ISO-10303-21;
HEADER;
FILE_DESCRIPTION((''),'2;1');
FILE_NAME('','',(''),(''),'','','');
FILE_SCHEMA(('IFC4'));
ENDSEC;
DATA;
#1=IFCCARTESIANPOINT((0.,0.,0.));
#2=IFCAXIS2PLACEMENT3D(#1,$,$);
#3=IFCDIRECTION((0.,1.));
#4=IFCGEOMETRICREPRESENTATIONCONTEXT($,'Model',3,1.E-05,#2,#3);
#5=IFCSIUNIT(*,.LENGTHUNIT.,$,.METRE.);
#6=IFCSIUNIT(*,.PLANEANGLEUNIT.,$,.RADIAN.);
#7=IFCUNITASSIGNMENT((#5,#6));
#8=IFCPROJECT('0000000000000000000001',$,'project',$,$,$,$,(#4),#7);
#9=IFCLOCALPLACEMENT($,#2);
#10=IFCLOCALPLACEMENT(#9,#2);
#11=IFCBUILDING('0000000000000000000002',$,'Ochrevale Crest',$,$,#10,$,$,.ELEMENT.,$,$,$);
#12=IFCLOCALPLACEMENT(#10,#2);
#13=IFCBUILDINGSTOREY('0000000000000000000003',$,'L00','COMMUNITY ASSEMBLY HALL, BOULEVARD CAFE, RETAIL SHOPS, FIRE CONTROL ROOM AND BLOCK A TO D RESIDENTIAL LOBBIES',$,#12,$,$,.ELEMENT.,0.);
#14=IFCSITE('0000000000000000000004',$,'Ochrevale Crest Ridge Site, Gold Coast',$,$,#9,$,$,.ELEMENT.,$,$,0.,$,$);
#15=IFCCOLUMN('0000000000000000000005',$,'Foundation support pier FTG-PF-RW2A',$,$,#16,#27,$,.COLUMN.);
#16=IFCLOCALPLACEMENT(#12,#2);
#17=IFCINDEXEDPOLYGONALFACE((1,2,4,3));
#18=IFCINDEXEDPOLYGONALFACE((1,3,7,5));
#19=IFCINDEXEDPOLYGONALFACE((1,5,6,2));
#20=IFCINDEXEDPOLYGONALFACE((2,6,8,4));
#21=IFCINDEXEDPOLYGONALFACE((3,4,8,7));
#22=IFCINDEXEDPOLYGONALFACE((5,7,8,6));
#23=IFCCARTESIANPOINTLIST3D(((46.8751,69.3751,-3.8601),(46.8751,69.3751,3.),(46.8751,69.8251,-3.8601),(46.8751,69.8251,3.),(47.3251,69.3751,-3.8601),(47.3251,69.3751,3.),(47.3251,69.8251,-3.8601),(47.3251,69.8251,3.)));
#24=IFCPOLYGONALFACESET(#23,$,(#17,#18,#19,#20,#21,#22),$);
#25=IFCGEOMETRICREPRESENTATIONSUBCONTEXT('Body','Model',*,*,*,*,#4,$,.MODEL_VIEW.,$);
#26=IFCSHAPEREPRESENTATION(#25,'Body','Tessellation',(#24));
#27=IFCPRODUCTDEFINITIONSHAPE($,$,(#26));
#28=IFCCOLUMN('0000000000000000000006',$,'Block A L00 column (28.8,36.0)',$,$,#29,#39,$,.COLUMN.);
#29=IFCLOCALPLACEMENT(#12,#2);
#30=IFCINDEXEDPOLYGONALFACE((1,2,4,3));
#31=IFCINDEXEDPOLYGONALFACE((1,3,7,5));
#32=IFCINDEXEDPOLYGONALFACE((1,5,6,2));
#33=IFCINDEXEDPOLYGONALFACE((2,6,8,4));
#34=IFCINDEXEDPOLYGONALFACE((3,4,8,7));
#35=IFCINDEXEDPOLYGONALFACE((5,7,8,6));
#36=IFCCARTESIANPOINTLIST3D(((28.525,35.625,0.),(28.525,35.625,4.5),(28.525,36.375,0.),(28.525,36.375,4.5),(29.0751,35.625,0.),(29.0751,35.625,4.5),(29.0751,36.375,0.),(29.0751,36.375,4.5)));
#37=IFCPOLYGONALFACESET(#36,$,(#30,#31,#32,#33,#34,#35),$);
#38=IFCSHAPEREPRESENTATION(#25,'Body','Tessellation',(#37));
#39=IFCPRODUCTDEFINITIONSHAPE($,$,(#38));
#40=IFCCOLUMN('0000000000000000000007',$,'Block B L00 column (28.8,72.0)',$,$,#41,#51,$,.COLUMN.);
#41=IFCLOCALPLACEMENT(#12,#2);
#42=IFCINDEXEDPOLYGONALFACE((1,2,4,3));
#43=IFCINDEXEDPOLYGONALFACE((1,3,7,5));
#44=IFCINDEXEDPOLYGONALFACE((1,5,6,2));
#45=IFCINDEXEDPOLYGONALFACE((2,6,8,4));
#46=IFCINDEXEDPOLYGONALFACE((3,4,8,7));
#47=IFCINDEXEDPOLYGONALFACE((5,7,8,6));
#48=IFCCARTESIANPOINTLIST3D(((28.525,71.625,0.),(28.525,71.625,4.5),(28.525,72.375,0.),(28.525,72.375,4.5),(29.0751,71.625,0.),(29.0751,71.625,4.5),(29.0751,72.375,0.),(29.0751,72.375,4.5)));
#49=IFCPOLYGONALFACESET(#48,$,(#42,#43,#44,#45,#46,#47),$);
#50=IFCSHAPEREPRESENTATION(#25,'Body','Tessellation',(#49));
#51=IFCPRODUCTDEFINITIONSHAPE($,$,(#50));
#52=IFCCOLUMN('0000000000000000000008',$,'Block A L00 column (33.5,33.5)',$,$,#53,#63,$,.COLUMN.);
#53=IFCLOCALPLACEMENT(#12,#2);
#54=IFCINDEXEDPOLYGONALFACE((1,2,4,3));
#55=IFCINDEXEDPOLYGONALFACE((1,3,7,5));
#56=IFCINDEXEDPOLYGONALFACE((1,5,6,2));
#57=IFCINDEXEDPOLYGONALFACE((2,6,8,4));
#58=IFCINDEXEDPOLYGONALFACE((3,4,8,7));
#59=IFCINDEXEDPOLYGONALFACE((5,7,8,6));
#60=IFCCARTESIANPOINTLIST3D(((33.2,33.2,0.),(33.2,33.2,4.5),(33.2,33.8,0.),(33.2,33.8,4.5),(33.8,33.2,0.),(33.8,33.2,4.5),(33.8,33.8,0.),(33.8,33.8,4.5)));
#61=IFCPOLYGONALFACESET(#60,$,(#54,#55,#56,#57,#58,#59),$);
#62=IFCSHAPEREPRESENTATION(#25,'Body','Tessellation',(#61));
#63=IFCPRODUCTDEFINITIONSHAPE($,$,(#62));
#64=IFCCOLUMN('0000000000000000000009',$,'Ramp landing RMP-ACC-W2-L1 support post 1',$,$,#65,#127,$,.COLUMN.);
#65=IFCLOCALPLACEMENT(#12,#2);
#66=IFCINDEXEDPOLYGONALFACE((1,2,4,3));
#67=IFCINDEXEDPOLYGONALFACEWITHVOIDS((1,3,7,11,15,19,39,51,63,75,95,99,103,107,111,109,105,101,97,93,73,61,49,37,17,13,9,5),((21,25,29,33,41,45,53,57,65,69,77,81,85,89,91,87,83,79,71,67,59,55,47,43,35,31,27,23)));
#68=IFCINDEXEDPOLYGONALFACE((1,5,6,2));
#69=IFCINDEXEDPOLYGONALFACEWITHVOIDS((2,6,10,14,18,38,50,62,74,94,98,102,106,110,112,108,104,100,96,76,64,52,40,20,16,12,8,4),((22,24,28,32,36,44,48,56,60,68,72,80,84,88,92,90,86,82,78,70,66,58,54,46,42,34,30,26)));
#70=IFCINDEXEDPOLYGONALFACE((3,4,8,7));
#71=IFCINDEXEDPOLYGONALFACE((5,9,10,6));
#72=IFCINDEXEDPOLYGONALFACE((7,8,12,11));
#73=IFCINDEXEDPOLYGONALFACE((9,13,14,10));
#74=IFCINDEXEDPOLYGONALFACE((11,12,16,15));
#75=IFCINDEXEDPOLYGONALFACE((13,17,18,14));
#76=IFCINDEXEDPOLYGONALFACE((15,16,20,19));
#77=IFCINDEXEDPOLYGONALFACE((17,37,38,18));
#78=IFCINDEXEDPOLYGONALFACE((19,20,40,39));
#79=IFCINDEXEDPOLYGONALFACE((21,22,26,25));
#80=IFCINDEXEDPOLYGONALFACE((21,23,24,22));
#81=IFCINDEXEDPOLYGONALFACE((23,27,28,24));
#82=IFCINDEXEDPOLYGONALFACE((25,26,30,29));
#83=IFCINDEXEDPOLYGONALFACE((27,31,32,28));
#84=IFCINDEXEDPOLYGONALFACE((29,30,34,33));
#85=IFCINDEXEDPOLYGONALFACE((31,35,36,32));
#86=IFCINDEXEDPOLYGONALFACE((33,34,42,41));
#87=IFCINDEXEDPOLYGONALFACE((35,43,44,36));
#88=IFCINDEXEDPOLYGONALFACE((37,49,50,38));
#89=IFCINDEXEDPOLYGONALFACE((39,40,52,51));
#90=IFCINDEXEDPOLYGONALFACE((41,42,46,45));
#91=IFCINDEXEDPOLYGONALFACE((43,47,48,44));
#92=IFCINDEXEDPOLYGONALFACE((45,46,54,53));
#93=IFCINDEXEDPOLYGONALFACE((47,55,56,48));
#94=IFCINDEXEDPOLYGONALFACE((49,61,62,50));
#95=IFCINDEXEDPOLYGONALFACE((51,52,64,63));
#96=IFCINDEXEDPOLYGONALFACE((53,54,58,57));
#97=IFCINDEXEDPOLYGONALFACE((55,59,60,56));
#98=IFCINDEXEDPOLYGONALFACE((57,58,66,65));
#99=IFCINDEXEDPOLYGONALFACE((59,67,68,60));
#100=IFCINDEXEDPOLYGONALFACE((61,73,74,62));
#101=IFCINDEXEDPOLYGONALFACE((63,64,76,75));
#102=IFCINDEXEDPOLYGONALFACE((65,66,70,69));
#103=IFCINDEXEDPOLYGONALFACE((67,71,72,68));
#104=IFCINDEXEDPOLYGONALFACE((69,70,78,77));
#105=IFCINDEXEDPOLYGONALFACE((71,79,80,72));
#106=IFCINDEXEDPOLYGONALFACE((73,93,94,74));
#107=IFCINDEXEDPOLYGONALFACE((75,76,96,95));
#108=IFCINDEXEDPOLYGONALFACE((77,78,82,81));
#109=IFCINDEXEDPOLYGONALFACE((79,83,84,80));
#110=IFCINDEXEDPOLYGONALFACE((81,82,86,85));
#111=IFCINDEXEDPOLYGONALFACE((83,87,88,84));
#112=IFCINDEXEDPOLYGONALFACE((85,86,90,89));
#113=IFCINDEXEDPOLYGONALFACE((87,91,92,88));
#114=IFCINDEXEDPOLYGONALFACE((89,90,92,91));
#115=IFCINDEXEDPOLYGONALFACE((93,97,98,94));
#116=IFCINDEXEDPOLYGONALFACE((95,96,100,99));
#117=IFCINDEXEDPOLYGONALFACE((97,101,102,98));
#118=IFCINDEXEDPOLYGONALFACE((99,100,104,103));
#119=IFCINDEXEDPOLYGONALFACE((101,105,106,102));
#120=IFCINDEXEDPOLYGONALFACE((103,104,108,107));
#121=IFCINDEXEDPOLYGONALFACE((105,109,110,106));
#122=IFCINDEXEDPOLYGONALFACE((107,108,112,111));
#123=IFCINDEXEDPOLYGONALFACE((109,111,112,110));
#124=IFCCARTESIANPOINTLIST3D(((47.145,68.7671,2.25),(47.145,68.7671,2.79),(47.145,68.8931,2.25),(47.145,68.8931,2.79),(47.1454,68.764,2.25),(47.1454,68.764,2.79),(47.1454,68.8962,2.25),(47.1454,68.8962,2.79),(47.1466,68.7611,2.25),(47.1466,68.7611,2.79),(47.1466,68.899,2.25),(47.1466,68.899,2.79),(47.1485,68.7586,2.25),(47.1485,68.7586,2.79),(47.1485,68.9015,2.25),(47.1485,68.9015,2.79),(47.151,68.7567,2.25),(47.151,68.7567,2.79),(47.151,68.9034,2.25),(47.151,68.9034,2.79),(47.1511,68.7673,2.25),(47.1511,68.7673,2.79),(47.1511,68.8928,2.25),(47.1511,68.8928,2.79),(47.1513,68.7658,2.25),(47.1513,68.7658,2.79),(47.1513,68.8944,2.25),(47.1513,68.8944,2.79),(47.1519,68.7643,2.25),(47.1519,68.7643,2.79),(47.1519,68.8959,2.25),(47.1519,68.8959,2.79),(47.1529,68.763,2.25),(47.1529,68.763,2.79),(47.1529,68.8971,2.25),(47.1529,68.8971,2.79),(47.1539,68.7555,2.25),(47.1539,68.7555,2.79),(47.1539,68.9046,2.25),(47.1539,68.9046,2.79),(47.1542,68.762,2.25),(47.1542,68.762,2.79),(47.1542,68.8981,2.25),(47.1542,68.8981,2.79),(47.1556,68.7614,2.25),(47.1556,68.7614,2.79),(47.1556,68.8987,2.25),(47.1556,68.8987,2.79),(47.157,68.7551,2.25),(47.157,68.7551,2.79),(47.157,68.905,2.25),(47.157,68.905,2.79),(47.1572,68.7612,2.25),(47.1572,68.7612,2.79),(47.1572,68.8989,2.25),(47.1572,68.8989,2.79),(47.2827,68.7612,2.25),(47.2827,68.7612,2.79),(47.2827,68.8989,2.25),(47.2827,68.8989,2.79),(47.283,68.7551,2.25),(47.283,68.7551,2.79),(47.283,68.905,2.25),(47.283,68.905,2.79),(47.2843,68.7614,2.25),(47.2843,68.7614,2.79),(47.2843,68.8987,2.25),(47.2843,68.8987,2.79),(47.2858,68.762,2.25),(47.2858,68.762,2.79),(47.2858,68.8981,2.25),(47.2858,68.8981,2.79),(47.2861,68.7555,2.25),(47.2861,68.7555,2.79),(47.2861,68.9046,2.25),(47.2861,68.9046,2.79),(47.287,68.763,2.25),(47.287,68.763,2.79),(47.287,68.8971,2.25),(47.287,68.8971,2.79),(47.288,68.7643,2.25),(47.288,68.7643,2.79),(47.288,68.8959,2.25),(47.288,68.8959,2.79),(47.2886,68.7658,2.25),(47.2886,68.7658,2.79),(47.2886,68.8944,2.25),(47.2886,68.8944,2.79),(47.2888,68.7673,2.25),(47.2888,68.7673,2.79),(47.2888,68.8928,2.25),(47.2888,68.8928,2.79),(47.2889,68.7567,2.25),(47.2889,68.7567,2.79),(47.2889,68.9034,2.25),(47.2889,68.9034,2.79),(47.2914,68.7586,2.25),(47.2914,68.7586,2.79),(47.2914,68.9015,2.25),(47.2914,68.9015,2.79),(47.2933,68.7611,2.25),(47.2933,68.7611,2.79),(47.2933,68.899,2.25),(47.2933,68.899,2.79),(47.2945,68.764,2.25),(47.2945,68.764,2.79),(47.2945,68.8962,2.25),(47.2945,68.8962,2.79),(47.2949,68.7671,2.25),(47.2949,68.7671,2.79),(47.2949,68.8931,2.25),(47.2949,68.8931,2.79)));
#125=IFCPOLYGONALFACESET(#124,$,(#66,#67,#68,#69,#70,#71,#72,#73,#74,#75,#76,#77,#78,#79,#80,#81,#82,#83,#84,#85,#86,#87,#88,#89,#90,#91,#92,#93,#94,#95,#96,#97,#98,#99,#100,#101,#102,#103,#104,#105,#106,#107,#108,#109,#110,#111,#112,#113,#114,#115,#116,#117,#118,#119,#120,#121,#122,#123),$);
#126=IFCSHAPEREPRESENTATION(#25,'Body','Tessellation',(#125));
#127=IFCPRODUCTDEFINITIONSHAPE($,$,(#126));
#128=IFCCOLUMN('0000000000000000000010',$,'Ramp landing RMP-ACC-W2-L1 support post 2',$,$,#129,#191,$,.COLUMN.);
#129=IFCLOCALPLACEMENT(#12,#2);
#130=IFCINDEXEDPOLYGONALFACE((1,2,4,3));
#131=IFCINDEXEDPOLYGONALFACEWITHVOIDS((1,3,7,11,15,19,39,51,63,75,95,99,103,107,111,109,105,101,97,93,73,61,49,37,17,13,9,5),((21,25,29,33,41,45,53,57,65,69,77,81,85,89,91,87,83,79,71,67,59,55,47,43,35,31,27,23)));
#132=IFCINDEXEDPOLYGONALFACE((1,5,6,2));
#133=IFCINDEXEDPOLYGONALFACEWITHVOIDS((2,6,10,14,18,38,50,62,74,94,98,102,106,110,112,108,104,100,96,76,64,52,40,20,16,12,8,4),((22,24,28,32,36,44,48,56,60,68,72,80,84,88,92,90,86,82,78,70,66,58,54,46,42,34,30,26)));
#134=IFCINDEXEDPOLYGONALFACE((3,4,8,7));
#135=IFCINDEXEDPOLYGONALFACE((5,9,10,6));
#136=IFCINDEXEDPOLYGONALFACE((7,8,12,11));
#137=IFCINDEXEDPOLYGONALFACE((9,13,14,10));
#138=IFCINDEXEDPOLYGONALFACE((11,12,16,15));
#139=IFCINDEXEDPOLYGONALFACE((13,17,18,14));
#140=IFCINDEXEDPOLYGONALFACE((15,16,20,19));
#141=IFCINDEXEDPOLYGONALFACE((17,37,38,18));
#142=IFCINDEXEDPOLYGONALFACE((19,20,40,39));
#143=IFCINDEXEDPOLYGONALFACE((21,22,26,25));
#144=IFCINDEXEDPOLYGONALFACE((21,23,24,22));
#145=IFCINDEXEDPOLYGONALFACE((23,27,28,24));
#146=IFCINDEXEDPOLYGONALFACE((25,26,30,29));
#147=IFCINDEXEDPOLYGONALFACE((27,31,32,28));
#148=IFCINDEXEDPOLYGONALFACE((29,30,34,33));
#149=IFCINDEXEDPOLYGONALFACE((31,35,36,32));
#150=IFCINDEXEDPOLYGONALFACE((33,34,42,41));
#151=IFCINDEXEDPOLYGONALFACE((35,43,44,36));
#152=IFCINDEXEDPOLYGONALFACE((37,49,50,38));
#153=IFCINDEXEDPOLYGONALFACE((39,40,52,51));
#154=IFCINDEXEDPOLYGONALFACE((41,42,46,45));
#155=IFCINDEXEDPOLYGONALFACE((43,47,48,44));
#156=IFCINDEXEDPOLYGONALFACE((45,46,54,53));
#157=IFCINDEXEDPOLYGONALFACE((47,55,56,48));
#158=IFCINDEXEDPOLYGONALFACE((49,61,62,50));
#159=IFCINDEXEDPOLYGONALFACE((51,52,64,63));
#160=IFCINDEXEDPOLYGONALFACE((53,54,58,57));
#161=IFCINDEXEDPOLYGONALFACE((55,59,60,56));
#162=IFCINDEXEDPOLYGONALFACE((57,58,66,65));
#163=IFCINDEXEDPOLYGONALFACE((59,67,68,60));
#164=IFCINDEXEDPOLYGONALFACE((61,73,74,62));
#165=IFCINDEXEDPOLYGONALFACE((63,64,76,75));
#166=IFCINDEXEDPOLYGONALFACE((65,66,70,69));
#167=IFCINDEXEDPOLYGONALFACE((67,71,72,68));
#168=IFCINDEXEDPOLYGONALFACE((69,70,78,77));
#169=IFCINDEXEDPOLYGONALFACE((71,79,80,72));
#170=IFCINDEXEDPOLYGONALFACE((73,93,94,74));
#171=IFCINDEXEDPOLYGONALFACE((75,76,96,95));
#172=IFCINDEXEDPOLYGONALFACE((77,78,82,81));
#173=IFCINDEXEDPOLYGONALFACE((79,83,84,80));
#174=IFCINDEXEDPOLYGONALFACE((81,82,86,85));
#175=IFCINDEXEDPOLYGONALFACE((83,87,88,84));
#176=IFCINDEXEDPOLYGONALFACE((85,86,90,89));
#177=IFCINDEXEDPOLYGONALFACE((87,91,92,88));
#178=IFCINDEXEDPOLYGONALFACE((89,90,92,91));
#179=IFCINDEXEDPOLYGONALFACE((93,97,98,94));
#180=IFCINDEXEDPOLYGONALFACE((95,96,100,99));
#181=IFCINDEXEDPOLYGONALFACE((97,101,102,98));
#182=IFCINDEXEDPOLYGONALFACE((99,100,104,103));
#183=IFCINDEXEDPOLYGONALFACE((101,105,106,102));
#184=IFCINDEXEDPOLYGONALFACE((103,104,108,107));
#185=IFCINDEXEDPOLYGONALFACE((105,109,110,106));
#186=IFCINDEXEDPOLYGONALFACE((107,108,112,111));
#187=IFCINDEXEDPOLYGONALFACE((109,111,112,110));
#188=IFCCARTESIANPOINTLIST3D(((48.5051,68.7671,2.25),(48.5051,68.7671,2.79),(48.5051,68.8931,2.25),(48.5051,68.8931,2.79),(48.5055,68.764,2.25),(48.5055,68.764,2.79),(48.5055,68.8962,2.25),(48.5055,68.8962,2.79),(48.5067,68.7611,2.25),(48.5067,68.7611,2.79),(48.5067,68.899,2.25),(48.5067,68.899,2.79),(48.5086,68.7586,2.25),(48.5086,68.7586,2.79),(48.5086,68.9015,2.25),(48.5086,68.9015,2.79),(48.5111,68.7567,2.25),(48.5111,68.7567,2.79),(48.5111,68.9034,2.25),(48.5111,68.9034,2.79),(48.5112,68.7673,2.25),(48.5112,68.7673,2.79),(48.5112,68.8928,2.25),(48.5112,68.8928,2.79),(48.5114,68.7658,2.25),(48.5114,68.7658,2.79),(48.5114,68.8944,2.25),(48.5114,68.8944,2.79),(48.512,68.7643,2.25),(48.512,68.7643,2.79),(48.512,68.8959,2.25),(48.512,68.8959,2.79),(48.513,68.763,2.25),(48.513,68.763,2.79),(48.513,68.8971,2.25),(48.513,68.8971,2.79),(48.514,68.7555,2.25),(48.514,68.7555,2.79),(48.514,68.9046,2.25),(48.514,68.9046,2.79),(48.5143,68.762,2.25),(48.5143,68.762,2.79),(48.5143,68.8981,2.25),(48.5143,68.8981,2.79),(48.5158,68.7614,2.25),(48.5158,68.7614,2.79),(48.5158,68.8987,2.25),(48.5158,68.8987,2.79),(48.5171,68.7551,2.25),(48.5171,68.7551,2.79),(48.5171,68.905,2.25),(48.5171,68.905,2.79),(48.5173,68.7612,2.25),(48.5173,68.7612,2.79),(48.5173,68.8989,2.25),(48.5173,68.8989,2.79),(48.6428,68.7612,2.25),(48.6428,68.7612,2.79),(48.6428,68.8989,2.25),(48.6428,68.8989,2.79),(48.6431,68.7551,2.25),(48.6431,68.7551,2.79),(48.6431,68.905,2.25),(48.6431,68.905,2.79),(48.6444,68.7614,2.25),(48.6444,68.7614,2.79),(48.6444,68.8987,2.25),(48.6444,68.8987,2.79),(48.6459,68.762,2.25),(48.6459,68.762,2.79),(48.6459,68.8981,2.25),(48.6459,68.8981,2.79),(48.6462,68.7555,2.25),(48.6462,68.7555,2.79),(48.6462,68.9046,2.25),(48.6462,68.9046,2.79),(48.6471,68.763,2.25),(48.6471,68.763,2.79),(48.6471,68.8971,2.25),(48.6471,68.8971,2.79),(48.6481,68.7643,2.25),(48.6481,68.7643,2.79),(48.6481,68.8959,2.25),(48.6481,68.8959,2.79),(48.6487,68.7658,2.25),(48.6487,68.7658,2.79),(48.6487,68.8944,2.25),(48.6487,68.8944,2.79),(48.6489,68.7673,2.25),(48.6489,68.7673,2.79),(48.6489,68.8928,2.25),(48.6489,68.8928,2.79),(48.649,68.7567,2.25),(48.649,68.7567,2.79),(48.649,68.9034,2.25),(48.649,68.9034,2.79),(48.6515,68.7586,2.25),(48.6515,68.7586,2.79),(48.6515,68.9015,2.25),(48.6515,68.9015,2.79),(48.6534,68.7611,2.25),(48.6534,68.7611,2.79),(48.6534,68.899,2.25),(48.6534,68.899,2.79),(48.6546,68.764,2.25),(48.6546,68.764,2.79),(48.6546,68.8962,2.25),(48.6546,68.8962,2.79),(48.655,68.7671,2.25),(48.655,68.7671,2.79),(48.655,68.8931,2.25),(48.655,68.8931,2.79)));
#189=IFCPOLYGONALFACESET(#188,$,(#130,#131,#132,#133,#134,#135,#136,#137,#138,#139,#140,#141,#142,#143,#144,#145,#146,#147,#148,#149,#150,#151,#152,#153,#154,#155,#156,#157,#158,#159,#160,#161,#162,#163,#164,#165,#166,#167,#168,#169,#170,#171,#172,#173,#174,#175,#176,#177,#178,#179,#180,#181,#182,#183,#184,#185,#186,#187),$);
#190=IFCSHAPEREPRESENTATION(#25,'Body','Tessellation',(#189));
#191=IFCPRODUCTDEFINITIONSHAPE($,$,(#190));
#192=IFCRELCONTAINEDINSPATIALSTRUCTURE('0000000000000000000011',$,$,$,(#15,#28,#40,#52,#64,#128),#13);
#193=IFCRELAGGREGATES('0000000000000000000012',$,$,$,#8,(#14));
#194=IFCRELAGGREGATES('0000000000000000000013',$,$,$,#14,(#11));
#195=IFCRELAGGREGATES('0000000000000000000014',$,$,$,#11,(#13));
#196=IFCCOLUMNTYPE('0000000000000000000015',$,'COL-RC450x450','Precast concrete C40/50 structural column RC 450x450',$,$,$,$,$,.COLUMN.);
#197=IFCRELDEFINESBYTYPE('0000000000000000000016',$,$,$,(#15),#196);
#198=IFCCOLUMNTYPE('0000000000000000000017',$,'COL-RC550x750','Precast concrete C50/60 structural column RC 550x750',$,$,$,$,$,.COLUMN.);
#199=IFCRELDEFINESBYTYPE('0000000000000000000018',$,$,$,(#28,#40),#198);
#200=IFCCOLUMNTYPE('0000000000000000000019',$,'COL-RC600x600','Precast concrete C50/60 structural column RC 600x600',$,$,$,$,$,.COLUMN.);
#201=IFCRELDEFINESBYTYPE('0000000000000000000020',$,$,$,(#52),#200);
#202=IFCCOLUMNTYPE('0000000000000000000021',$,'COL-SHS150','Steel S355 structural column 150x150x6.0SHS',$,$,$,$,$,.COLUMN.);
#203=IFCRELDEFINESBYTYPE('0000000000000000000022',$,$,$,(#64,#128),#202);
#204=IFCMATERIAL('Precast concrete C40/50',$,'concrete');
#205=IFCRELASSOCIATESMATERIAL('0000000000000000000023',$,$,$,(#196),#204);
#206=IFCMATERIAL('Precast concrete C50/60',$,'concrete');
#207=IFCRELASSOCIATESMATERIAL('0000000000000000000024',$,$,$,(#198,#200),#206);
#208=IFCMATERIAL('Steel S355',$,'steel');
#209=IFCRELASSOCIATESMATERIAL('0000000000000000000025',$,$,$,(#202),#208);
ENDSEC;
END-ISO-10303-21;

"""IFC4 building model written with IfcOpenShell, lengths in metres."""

from ifc_helpers import new_model, si_unit, direction, frame, origin, origin_2d, place, context, subcontext, project, spatial, rectangle, hollow_rectangle, extrude, material, material_profile, profile_set, type_object, element, save


model = new_model("IFC4")

# Units and contexts
model_context = context("Model", 3, precision=1e-05, world=origin(), true_north=direction((0.0, 1.0)))
body_context = subcontext(model_context, "Body", "Model", "MODEL_VIEW")
ifc_project = project(units=[si_unit("LENGTHUNIT", "METRE"), si_unit("PLANEANGLEUNIT", "RADIAN")], contexts=[model_context])

# Site, building, storey
site_placement = place(None, origin())
site = spatial("IfcSite", under=ifc_project, at=site_placement, Name="Ochrevale Crest Ridge Site, Gold Coast", CompositionType="ELEMENT", RefElevation=0.0)
building_placement = place(site_placement, origin())
building = spatial("IfcBuilding", under=site, at=building_placement, Name="Ochrevale Crest", CompositionType="ELEMENT")
storey_placement = place(building_placement, origin())
storey = spatial("IfcBuildingStorey", under=building, at=storey_placement, Name="L00", Description="COMMUNITY ASSEMBLY HALL, BOULEVARD CAFE, RETAIL SHOPS, FIRE CONTROL ROOM AND BLOCK A TO D RESIDENTIAL LOBBIES", CompositionType="ELEMENT", Elevation=0.0)

# Columns
ifc_material_1 = material(Name="Precast concrete C40/50", Category="concrete")
ifc_material_profile_1 = material_profile(ifc_material_1, rectangle(XDim=0.45, YDim=0.45, at=origin_2d()), Name="RC 450x450")
ifc_profile_set_1 = profile_set([ifc_material_profile_1], Name="Precast concrete C40/50")
column_type_1 = type_object("IfcColumnType", Name="COL-RC450x450", Description="Precast concrete C40/50 structural column RC 450x450", PredefinedType="COLUMN", material=ifc_profile_set_1)
column_1_placement = place(storey_placement, frame((47.1001, 69.6001, -3.8601), z_axis=(0.0, 0.0, 1.0), x_axis=(1.0, 0.0, 0.0)))
element("IfcColumn", 1, at=column_1_placement, inside=storey, type_object=column_type_1, Name="Foundation support pier FTG-PF-RW2A", PredefinedType="COLUMN", context=body_context, shape_type="SweptSolid", body=[
    extrude(rectangle(XDim=0.45, YDim=0.45, at=origin_2d()), origin(), (0.0, 0.0, 1.0), 6.8601),
])
ifc_material_2 = material(Name="Precast concrete C50/60", Category="concrete")
ifc_material_profile_2 = material_profile(ifc_material_2, rectangle(XDim=0.55, YDim=0.75, at=origin_2d()), Name="RC 550x750")
ifc_profile_set_2 = profile_set([ifc_material_profile_2], Name="Precast concrete C50/60")
column_type_2 = type_object("IfcColumnType", Name="COL-RC550x750", Description="Precast concrete C50/60 structural column RC 550x750", PredefinedType="COLUMN", material=ifc_profile_set_2)
for number, where, z_axis, x_axis, name in (
    (2, (28.8, 36.0, 0.0), (0.0, 0.0, 1.0), (1.0, 0.0, 0.0), "Block A L00 column (28.8,36.0)"),
    (3, (28.8, 72.0, 0.0), (0.0, 0.0, 1.0), (1.0, 0.0, 0.0), "Block B L00 column (28.8,72.0)"),
):
    element("IfcColumn", number, at=place(storey_placement, frame(where, z_axis=z_axis, x_axis=x_axis)), inside=storey, type_object=column_type_2, Name=name, PredefinedType="COLUMN", context=body_context, shape_type="SweptSolid", body=[
        extrude(rectangle(XDim=0.55, YDim=0.75, at=origin_2d()), origin(), (0.0, 0.0, 1.0), 4.5),
    ])
ifc_material_profile_3 = material_profile(ifc_material_2, rectangle(XDim=0.6001, YDim=0.6001, at=origin_2d()), Name="RC 600x600")
ifc_profile_set_3 = profile_set([ifc_material_profile_3], Name="Precast concrete C50/60")
column_type_3 = type_object("IfcColumnType", Name="COL-RC600x600", Description="Precast concrete C50/60 structural column RC 600x600", PredefinedType="COLUMN", material=ifc_profile_set_3)
column_2_placement = place(storey_placement, frame((33.5, 33.5, 0.0), z_axis=(0.0, 0.0, 1.0), x_axis=(1.0, 0.0, 0.0)))
element("IfcColumn", 4, at=column_2_placement, inside=storey, type_object=column_type_3, Name="Block A L00 column (33.5,33.5)", PredefinedType="COLUMN", context=body_context, shape_type="SweptSolid", body=[
    extrude(rectangle(XDim=0.6001, YDim=0.6001, at=origin_2d()), origin(), (0.0, 0.0, 1.0), 4.5),
])
ifc_material_3 = material(Name="Steel S355", Category="steel")
ifc_material_profile_4 = material_profile(ifc_material_3, hollow_rectangle(XDim=0.1499, YDim=0.1499, WallThickness=0.0061, InnerFilletRadius=0.0061, OuterFilletRadius=0.012, at=origin_2d()), Name="150x150x6.0SHS")
ifc_profile_set_4 = profile_set([ifc_material_profile_4], Name="Steel S355")
column_type_4 = type_object("IfcColumnType", Name="COL-SHS150", Description="Steel S355 structural column 150x150x6.0SHS", PredefinedType="COLUMN", material=ifc_profile_set_4)
for number, where, z_axis, x_axis, name in (
    (5, (47.22, 68.8301, 2.25), (0.0, 0.0, 1.0), (1.0, 0.0, 0.0), "Ramp landing RMP-ACC-W2-L1 support post 1"),
    (6, (48.5801, 68.8301, 2.25), (0.0, 0.0, 1.0), (1.0, 0.0, 0.0), "Ramp landing RMP-ACC-W2-L1 support post 2"),
):
    element("IfcColumn", number, at=place(storey_placement, frame(where, z_axis=z_axis, x_axis=x_axis)), inside=storey, type_object=column_type_4, Name=name, PredefinedType="COLUMN", context=body_context, shape_type="SweptSolid", body=[
        extrude(hollow_rectangle(XDim=0.1499, YDim=0.1499, WallThickness=0.0061, InnerFilletRadius=0.0061, OuterFilletRadius=0.012, at=origin_2d()), origin(), (0.0, 0.0, 1.0), 0.54),
    ])

save(model, "model.ifc")
